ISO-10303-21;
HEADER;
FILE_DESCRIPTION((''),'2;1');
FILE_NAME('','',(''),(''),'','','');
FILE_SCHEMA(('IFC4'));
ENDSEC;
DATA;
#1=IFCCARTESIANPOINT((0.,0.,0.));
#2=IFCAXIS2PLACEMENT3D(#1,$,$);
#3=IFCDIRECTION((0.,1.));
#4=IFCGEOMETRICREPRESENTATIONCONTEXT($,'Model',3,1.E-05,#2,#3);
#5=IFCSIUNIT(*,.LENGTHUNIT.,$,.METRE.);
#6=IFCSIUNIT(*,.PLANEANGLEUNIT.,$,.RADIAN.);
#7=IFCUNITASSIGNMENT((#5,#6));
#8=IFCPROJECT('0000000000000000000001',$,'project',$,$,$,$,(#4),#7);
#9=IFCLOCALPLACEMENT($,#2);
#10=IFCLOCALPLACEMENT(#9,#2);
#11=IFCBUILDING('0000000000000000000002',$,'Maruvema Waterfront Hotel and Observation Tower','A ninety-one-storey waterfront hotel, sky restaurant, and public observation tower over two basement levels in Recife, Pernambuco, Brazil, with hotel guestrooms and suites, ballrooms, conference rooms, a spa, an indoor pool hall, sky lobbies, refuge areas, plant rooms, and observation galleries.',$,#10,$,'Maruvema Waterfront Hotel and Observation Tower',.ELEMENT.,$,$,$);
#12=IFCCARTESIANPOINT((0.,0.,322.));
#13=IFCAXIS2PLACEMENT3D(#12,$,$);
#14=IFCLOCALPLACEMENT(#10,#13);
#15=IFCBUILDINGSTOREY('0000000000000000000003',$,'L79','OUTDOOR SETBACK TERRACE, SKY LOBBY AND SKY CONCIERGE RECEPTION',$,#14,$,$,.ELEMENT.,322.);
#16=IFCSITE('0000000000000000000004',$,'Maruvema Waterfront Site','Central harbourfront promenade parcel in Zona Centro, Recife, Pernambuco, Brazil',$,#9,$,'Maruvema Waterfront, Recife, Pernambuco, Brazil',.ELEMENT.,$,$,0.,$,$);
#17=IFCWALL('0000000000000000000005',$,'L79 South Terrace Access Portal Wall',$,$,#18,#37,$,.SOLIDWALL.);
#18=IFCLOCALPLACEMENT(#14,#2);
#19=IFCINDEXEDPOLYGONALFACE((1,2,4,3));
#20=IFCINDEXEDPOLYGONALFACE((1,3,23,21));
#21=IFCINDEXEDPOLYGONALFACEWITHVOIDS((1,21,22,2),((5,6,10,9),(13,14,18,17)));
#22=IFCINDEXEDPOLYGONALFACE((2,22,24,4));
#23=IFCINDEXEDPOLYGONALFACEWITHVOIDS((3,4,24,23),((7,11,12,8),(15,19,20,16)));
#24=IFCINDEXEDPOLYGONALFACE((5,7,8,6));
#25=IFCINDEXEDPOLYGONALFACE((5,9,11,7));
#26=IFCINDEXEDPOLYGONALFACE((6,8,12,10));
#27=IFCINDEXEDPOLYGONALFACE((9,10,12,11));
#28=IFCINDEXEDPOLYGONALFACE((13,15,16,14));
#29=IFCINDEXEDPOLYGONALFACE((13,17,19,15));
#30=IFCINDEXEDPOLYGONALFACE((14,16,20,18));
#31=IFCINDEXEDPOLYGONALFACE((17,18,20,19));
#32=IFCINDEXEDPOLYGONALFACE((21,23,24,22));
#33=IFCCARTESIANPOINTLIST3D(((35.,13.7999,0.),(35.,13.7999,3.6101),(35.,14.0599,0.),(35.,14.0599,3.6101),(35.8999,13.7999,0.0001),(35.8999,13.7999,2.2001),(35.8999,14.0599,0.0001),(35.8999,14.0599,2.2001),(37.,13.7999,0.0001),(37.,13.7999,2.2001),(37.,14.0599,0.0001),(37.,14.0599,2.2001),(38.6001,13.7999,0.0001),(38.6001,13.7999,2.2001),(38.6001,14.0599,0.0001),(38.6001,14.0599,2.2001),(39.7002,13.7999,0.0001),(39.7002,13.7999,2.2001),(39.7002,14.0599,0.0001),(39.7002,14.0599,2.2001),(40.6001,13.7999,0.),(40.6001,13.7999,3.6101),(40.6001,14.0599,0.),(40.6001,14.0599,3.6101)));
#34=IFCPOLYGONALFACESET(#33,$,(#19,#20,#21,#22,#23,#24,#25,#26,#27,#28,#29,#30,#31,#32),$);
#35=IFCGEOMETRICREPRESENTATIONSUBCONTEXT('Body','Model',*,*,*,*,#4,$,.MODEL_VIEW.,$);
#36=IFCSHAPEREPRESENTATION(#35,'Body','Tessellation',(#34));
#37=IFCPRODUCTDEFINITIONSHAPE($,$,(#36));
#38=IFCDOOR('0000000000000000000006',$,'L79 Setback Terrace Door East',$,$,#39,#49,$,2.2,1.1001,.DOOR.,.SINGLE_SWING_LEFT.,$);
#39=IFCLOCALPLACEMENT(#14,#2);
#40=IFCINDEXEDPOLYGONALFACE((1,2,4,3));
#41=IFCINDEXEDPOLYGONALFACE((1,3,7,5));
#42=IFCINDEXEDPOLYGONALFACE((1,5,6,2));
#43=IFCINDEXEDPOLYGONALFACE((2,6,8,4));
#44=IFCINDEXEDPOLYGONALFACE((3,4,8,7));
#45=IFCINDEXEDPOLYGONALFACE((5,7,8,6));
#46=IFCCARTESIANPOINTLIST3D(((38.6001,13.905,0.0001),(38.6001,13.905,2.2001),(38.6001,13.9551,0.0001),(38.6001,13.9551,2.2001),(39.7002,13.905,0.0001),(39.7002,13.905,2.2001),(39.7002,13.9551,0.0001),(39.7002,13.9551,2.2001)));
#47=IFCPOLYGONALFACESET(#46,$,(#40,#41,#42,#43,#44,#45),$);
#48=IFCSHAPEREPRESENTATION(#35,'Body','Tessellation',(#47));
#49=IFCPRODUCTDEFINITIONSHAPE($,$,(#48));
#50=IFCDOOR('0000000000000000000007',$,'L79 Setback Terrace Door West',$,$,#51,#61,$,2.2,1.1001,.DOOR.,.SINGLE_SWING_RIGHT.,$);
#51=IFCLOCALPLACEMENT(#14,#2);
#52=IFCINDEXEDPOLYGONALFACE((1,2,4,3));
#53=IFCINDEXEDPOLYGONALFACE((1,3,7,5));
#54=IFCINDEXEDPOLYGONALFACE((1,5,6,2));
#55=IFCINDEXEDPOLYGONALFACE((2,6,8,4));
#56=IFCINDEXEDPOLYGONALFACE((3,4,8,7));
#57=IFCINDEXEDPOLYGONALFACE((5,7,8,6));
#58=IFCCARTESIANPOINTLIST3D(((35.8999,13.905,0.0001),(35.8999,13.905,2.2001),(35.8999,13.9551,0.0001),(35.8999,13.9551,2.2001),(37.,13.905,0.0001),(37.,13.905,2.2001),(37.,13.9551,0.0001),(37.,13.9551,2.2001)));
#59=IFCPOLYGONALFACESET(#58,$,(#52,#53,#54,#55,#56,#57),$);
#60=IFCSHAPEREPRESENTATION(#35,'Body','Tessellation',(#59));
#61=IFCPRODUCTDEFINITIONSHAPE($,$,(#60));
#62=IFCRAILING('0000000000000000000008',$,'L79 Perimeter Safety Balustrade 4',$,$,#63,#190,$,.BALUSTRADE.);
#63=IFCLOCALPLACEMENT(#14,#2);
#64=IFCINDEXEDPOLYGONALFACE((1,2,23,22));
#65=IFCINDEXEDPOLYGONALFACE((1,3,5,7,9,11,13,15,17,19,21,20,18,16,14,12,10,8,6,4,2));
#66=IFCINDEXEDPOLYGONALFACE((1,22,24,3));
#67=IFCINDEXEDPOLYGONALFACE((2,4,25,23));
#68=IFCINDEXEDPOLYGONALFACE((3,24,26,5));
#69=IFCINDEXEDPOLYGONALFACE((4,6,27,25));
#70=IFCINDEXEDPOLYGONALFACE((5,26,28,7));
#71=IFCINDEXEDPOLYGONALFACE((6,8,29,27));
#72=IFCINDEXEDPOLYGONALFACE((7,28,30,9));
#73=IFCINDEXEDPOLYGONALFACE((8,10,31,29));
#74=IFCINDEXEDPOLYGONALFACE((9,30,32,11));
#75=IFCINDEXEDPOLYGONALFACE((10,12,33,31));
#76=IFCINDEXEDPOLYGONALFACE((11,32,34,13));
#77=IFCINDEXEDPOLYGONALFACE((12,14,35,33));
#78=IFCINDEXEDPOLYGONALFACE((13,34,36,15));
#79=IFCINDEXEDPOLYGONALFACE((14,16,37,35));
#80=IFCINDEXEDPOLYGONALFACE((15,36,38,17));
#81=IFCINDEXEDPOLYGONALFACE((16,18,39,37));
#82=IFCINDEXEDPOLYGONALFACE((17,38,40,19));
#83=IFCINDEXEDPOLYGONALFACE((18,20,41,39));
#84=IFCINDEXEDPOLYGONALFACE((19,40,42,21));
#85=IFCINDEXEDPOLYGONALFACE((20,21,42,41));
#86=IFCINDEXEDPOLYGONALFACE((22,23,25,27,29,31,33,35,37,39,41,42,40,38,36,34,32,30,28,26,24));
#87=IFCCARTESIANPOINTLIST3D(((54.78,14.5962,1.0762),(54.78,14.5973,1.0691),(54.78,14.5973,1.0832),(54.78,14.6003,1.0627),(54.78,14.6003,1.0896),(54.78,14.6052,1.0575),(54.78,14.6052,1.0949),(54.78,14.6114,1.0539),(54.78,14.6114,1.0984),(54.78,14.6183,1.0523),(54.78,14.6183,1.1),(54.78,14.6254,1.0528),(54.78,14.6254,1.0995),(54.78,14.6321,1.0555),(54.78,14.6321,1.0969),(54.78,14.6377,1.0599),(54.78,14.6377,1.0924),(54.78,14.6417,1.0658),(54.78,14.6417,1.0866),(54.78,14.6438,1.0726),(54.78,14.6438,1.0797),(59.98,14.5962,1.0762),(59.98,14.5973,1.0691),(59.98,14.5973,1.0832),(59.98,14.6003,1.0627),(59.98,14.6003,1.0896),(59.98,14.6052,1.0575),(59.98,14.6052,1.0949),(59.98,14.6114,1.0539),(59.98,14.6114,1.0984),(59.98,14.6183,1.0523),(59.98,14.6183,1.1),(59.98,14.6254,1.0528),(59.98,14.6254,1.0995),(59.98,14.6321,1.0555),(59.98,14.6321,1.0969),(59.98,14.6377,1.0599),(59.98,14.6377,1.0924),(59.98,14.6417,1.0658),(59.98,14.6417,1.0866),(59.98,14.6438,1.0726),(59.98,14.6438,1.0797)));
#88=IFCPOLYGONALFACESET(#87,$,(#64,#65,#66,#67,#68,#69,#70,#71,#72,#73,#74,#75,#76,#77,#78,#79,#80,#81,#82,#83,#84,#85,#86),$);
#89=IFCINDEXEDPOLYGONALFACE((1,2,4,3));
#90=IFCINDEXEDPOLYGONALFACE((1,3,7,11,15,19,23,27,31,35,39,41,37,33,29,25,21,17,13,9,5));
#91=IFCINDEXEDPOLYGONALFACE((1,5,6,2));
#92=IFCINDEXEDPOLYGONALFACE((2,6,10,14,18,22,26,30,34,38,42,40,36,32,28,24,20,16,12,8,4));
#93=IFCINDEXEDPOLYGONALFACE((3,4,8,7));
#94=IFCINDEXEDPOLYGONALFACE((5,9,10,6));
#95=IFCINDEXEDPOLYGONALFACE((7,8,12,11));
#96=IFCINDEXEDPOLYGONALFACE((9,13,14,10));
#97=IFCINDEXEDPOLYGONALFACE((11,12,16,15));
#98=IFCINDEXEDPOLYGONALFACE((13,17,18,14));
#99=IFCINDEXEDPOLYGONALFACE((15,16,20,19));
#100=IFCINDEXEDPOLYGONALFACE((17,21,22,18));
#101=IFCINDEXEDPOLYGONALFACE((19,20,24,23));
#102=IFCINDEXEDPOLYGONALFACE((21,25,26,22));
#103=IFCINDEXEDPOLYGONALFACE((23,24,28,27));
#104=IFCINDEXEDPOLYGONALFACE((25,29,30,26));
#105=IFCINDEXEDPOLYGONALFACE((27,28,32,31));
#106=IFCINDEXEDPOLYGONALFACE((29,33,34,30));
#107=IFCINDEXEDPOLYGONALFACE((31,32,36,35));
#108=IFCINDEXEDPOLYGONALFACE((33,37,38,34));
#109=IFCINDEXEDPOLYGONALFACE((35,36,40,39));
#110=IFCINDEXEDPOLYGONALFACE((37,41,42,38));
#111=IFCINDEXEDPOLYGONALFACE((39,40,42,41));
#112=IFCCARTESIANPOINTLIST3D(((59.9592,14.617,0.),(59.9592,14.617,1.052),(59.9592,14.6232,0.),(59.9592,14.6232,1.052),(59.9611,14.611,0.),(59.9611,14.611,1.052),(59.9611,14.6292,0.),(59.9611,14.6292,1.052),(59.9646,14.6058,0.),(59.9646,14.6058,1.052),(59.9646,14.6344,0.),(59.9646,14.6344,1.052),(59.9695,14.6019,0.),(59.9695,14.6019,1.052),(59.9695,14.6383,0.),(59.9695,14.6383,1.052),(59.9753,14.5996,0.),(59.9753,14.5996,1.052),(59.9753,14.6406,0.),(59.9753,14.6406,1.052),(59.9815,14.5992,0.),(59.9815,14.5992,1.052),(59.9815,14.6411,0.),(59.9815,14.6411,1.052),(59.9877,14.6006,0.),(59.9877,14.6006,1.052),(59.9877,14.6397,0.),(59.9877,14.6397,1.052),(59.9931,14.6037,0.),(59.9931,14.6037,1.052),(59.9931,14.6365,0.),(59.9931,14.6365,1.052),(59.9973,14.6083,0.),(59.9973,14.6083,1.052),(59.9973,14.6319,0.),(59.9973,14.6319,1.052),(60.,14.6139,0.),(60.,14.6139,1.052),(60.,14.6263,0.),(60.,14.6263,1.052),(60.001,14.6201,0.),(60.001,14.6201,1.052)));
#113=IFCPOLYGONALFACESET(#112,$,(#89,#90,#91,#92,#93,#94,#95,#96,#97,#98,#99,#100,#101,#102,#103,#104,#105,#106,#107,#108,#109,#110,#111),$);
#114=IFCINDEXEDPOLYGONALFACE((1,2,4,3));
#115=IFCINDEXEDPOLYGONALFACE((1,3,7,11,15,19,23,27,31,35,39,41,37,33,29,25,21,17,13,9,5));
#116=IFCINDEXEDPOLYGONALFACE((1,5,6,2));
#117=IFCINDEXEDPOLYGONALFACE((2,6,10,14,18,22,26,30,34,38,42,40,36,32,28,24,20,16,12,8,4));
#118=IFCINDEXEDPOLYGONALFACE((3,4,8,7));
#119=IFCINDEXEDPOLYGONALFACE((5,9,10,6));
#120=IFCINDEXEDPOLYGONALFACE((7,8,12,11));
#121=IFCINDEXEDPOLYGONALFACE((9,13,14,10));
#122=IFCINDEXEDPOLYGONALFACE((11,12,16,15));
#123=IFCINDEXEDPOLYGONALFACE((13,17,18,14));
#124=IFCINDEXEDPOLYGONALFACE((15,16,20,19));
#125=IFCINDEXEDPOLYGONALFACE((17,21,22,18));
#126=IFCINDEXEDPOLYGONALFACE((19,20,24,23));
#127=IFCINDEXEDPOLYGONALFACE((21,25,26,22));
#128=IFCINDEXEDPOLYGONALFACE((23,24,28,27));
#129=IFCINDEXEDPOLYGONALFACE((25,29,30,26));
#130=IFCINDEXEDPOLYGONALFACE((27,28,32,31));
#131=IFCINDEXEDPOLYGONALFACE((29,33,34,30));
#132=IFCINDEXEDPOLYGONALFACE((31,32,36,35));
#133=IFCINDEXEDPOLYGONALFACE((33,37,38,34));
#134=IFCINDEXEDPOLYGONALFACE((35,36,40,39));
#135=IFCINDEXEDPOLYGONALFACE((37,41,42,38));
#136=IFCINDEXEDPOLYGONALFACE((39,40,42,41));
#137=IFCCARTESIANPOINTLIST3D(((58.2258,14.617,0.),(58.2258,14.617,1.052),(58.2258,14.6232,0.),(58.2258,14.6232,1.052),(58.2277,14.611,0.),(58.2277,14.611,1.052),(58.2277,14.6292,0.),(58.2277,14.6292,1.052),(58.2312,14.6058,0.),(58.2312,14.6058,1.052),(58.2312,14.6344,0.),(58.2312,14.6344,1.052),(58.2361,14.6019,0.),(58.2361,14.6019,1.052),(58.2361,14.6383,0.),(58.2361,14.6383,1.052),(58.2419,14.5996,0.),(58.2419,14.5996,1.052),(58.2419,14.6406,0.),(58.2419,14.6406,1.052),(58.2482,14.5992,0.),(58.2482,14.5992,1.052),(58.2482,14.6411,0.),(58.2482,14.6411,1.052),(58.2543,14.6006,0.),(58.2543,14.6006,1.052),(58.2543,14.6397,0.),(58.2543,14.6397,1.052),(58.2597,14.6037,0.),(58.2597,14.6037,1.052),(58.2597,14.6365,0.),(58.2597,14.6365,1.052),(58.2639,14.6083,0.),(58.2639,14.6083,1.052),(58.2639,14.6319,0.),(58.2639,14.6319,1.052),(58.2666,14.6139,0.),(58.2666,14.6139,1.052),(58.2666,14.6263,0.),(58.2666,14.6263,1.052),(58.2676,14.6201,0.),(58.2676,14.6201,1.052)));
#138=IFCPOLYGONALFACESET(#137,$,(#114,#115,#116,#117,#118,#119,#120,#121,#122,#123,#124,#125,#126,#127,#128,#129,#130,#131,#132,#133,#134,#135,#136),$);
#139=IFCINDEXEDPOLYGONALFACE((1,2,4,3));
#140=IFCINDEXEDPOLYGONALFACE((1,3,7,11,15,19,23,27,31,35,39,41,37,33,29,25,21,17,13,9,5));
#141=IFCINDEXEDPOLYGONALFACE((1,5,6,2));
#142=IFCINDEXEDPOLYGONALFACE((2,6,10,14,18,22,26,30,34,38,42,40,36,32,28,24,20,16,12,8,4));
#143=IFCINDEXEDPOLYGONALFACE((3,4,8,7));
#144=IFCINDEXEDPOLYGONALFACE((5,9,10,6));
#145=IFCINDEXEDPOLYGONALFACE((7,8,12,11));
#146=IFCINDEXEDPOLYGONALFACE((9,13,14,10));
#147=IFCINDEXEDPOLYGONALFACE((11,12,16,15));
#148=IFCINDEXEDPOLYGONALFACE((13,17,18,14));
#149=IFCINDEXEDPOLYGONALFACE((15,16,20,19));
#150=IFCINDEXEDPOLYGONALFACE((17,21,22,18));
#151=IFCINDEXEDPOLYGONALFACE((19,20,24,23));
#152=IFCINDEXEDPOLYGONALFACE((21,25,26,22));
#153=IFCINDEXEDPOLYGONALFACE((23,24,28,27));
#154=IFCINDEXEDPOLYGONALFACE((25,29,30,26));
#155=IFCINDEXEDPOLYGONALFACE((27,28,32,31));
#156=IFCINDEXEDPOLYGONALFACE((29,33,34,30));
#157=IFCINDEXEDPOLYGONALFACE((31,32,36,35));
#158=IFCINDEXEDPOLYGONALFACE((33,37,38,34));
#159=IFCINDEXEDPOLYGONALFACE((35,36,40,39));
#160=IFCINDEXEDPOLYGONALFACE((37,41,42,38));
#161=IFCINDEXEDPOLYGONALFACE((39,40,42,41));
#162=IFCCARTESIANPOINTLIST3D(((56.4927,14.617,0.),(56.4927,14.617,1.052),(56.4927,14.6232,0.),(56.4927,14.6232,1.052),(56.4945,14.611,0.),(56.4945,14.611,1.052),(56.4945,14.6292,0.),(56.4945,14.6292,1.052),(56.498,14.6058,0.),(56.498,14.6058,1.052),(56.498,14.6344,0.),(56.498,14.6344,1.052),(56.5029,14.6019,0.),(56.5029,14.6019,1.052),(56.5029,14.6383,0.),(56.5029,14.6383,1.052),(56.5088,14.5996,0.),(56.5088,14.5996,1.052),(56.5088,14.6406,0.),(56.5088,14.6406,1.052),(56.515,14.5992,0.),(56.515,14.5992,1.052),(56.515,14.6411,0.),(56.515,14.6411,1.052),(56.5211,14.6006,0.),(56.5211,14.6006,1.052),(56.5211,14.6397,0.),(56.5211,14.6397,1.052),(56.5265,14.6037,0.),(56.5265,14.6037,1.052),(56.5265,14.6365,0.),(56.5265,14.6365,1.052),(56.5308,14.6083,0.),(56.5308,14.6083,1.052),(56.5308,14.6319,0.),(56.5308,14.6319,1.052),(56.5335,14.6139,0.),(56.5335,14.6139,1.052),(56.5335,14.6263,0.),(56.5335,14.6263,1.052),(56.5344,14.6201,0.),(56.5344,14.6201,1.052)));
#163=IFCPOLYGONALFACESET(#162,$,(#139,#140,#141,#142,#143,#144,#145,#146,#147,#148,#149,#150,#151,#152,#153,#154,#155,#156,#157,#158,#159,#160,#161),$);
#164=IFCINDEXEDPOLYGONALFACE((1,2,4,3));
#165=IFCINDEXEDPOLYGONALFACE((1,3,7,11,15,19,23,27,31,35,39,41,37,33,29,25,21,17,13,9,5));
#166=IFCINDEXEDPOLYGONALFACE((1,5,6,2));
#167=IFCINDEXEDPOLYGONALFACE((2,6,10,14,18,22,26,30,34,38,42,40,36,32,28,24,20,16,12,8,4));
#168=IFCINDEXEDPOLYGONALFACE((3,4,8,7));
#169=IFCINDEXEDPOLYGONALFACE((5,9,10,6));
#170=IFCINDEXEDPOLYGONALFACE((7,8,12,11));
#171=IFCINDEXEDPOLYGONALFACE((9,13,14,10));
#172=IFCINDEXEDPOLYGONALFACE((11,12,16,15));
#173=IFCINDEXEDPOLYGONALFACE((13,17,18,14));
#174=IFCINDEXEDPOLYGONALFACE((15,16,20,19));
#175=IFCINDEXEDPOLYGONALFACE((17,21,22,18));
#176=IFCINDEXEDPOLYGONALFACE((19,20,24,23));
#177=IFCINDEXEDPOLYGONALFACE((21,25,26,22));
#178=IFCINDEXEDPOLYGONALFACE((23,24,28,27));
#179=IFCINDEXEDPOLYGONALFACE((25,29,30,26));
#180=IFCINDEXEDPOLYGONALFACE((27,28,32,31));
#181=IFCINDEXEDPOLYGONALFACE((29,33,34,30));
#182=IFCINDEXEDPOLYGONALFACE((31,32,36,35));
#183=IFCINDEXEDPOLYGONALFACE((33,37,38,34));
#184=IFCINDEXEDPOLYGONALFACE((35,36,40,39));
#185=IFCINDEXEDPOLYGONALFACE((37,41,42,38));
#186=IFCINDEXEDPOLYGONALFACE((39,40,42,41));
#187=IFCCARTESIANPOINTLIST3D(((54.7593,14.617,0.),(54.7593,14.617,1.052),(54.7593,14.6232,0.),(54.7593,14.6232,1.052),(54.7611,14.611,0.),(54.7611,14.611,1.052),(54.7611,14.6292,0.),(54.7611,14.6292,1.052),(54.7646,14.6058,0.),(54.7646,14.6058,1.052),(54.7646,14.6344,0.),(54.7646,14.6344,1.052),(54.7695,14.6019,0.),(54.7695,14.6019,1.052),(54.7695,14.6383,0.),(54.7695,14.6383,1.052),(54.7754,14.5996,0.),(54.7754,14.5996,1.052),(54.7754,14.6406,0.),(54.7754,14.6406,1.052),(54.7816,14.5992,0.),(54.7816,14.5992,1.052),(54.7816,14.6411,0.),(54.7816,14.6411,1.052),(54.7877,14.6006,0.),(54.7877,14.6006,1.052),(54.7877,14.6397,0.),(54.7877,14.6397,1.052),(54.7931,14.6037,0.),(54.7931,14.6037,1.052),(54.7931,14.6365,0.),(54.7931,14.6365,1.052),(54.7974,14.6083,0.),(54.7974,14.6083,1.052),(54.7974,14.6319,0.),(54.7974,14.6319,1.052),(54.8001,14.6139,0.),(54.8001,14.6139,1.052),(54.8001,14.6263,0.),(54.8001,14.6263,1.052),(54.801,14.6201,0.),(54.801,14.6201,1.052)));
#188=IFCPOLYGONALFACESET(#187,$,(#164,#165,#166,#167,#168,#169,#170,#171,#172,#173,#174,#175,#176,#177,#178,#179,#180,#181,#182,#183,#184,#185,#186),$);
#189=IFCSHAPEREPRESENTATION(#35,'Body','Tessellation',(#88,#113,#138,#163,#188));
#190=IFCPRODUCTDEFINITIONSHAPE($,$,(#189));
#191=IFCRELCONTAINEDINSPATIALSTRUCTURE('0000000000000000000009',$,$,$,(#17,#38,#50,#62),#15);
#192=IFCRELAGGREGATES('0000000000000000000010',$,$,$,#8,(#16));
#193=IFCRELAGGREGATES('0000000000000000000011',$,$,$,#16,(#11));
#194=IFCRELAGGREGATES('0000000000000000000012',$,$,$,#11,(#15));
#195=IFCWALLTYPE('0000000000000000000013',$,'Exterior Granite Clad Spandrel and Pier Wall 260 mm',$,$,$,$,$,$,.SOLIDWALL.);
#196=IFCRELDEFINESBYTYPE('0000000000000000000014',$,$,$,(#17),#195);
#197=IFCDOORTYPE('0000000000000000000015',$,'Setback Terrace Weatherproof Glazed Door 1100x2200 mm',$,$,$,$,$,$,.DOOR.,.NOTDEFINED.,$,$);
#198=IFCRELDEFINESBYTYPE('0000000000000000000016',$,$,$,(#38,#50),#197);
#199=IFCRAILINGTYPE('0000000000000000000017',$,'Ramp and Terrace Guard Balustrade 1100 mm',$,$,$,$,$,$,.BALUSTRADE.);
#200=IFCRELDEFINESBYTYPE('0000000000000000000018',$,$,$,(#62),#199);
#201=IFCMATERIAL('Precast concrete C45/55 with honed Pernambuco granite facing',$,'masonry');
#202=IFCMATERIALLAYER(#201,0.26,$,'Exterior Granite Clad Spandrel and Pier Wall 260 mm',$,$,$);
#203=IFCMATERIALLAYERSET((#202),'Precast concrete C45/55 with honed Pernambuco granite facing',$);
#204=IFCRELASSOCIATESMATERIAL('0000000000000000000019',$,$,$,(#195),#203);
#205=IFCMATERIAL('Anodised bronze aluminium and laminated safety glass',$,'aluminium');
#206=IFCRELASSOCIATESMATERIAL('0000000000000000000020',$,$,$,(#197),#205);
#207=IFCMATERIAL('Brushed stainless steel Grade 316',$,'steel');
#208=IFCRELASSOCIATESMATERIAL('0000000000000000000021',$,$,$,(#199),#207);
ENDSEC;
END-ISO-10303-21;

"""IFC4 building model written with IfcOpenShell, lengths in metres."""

from ifc_helpers import new_model, si_unit, direction, frame, frame_2d, origin, origin_2d, place, context, subcontext, project, spatial, rectangle, circle, extrude, material, layer, layer_set, type_object, element, fill, save


model = new_model("IFC4")

# Units and contexts
model_context = context("Model", 3, precision=1e-05, world=origin(), true_north=direction((0.0, 1.0)))
body_context = subcontext(model_context, "Body", "Model", "MODEL_VIEW")
ifc_project = project(units=[si_unit("LENGTHUNIT", "METRE"), si_unit("PLANEANGLEUNIT", "RADIAN")], contexts=[model_context])

# Site, building, storey
site_placement = place(None, origin())
site = spatial("IfcSite", under=ifc_project, at=site_placement, Name="Maruvema Waterfront Site", Description="Central harbourfront promenade parcel in Zona Centro, Recife, Pernambuco, Brazil", LongName="Maruvema Waterfront, Recife, Pernambuco, Brazil", CompositionType="ELEMENT", RefElevation=0.0)
building_placement = place(site_placement, origin())
building = spatial("IfcBuilding", under=site, at=building_placement, Name="Maruvema Waterfront Hotel and Observation Tower", Description="A ninety-one-storey waterfront hotel, sky restaurant, and public observation tower over two basement levels in Recife, Pernambuco, Brazil, with hotel guestrooms and suites, ballrooms, conference rooms, a spa, an indoor pool hall, sky lobbies, refuge areas, plant rooms, and observation galleries.", LongName="Maruvema Waterfront Hotel and Observation Tower", CompositionType="ELEMENT")
storey_placement = place(building_placement, frame((0.0, 0.0, 322.0)))
storey = spatial("IfcBuildingStorey", under=building, at=storey_placement, Name="L79", Description="OUTDOOR SETBACK TERRACE, SKY LOBBY AND SKY CONCIERGE RECEPTION", CompositionType="ELEMENT", Elevation=322.0)

# Shared definitions
ifc_material_1 = material(Name="Precast concrete C45/55 with honed Pernambuco granite facing", Category="masonry")
ifc_layer_1 = layer(ifc_material_1, 0.26, Name="Exterior Granite Clad Spandrel and Pier Wall 260 mm")
ifc_layer_set_1 = layer_set([ifc_layer_1], Name="Precast concrete C45/55 with honed Pernambuco granite facing")
wall_type_1 = type_object("IfcWallType", Name="Exterior Granite Clad Spandrel and Pier Wall 260 mm", PredefinedType="SOLIDWALL", material=ifc_layer_set_1)

# Wall, openings, doors
wall_1_placement = place(storey_placement, frame((40.6001, 13.9299, 0.0), z_axis=(0.0, 0.0, 1.0), x_axis=(-1.0, 0.0, 0.0)))
wall_1 = element("IfcWall", 1, at=wall_1_placement, inside=storey, type_object=wall_type_1, Name="L79 South Terrace Access Portal Wall", PredefinedType="SOLIDWALL", context=body_context, shape_type="SweptSolid", body=[
    extrude(rectangle(XDim=5.6001, YDim=0.26, at=frame_2d((2.8, 0.0))), origin(), (0.0, 0.0, 1.0), 3.6101),
])
opening_1_placement = place(wall_1_placement, frame((0.8999, 0.0, 0.0)))
opening_1 = element("IfcOpeningElement", 2, at=opening_1_placement, cuts=wall_1, PredefinedType="OPENING", context=body_context, shape_type="SweptSolid", body=[
    extrude(rectangle(XDim=1.1001, YDim=2.2, at=frame_2d((0.55, 1.1001))), frame((0.0, 0.1401, 0.0), z_axis=(0.0, -1.0, 0.0), x_axis=(1.0, 0.0, 0.0)), (0.0, 0.0, 1.0), 0.28),
])
opening_2_placement = place(wall_1_placement, frame((3.6001, 0.0, 0.0)))
opening_2 = element("IfcOpeningElement", 3, at=opening_2_placement, cuts=wall_1, PredefinedType="OPENING", context=body_context, shape_type="SweptSolid", body=[
    extrude(rectangle(XDim=1.1001, YDim=2.2, at=frame_2d((0.55, 1.1001))), frame((0.0, 0.1401, 0.0), z_axis=(0.0, -1.0, 0.0), x_axis=(1.0, 0.0, 0.0)), (0.0, 0.0, 1.0), 0.28),
])
ifc_material_2 = material(Name="Anodised bronze aluminium and laminated safety glass", Category="aluminium")
door_type = type_object("IfcDoorType", Name="Setback Terrace Weatherproof Glazed Door 1100x2200 mm", OperationType="NOTDEFINED", PredefinedType="DOOR", material=ifc_material_2)
door_1_placement = place(opening_1_placement, origin())
door_1 = element("IfcDoor", 4, at=door_1_placement, inside=storey, type_object=door_type, Name="L79 Setback Terrace Door East", OperationType="SINGLE_SWING_LEFT", OverallHeight=2.2, OverallWidth=1.1001, PredefinedType="DOOR", context=body_context, shape_type="SweptSolid", body=[
    extrude(rectangle(XDim=1.1001, YDim=2.2, at=frame_2d((0.55, 1.1001))), frame((0.0, 0.0249, 0.0), z_axis=(0.0, -1.0, 0.0), x_axis=(1.0, 0.0, 0.0)), (0.0, 0.0, 1.0), 0.05),
])
fill(opening_1, door_1)
door_2_placement = place(opening_2_placement, origin())
door_2 = element("IfcDoor", 5, at=door_2_placement, inside=storey, type_object=door_type, Name="L79 Setback Terrace Door West", OperationType="SINGLE_SWING_RIGHT", OverallHeight=2.2, OverallWidth=1.1001, PredefinedType="DOOR", context=body_context, shape_type="SweptSolid", body=[
    extrude(rectangle(XDim=1.1001, YDim=2.2, at=frame_2d((0.55, 1.1001))), frame((0.0, 0.0249, 0.0), z_axis=(0.0, -1.0, 0.0), x_axis=(1.0, 0.0, 0.0)), (0.0, 0.0, 1.0), 0.05),
])
fill(opening_2, door_2)

# Railing
ifc_material_3 = material(Name="Brushed stainless steel Grade 316", Category="steel")
railing_type = type_object("IfcRailingType", Name="Ramp and Terrace Guard Balustrade 1100 mm", PredefinedType="BALUSTRADE", material=ifc_material_3)
railing_1_placement = place(storey_placement, frame((59.98, 14.6201, 0.0)))
element("IfcRailing", 6, at=railing_1_placement, inside=storey, type_object=railing_type, Name="L79 Perimeter Safety Balustrade 4", PredefinedType="BALUSTRADE", context=body_context, shape_type="SweptSolid", body=[
    extrude(circle(Radius=0.0239, at=origin_2d()), frame((0.0, 0.0, 1.0762), z_axis=(-1.0, 0.0, 0.0), x_axis=(0.0, -1.0, 0.0)), (0.0, 0.0, 1.0), 5.2),
    extrude(circle(Radius=0.021, at=origin_2d()), origin(), (0.0, 0.0, 1.0), 1.052),
    extrude(circle(Radius=0.021, at=origin_2d()), frame((-1.7334, 0.0, 0.0)), (0.0, 0.0, 1.0), 1.052),
    extrude(circle(Radius=0.021, at=origin_2d()), frame((-3.4666, 0.0, 0.0)), (0.0, 0.0, 1.0), 1.052),
    extrude(circle(Radius=0.021, at=origin_2d()), frame((-5.2, 0.0, 0.0)), (0.0, 0.0, 1.0), 1.052),
])

save(model, "model.ifc")
